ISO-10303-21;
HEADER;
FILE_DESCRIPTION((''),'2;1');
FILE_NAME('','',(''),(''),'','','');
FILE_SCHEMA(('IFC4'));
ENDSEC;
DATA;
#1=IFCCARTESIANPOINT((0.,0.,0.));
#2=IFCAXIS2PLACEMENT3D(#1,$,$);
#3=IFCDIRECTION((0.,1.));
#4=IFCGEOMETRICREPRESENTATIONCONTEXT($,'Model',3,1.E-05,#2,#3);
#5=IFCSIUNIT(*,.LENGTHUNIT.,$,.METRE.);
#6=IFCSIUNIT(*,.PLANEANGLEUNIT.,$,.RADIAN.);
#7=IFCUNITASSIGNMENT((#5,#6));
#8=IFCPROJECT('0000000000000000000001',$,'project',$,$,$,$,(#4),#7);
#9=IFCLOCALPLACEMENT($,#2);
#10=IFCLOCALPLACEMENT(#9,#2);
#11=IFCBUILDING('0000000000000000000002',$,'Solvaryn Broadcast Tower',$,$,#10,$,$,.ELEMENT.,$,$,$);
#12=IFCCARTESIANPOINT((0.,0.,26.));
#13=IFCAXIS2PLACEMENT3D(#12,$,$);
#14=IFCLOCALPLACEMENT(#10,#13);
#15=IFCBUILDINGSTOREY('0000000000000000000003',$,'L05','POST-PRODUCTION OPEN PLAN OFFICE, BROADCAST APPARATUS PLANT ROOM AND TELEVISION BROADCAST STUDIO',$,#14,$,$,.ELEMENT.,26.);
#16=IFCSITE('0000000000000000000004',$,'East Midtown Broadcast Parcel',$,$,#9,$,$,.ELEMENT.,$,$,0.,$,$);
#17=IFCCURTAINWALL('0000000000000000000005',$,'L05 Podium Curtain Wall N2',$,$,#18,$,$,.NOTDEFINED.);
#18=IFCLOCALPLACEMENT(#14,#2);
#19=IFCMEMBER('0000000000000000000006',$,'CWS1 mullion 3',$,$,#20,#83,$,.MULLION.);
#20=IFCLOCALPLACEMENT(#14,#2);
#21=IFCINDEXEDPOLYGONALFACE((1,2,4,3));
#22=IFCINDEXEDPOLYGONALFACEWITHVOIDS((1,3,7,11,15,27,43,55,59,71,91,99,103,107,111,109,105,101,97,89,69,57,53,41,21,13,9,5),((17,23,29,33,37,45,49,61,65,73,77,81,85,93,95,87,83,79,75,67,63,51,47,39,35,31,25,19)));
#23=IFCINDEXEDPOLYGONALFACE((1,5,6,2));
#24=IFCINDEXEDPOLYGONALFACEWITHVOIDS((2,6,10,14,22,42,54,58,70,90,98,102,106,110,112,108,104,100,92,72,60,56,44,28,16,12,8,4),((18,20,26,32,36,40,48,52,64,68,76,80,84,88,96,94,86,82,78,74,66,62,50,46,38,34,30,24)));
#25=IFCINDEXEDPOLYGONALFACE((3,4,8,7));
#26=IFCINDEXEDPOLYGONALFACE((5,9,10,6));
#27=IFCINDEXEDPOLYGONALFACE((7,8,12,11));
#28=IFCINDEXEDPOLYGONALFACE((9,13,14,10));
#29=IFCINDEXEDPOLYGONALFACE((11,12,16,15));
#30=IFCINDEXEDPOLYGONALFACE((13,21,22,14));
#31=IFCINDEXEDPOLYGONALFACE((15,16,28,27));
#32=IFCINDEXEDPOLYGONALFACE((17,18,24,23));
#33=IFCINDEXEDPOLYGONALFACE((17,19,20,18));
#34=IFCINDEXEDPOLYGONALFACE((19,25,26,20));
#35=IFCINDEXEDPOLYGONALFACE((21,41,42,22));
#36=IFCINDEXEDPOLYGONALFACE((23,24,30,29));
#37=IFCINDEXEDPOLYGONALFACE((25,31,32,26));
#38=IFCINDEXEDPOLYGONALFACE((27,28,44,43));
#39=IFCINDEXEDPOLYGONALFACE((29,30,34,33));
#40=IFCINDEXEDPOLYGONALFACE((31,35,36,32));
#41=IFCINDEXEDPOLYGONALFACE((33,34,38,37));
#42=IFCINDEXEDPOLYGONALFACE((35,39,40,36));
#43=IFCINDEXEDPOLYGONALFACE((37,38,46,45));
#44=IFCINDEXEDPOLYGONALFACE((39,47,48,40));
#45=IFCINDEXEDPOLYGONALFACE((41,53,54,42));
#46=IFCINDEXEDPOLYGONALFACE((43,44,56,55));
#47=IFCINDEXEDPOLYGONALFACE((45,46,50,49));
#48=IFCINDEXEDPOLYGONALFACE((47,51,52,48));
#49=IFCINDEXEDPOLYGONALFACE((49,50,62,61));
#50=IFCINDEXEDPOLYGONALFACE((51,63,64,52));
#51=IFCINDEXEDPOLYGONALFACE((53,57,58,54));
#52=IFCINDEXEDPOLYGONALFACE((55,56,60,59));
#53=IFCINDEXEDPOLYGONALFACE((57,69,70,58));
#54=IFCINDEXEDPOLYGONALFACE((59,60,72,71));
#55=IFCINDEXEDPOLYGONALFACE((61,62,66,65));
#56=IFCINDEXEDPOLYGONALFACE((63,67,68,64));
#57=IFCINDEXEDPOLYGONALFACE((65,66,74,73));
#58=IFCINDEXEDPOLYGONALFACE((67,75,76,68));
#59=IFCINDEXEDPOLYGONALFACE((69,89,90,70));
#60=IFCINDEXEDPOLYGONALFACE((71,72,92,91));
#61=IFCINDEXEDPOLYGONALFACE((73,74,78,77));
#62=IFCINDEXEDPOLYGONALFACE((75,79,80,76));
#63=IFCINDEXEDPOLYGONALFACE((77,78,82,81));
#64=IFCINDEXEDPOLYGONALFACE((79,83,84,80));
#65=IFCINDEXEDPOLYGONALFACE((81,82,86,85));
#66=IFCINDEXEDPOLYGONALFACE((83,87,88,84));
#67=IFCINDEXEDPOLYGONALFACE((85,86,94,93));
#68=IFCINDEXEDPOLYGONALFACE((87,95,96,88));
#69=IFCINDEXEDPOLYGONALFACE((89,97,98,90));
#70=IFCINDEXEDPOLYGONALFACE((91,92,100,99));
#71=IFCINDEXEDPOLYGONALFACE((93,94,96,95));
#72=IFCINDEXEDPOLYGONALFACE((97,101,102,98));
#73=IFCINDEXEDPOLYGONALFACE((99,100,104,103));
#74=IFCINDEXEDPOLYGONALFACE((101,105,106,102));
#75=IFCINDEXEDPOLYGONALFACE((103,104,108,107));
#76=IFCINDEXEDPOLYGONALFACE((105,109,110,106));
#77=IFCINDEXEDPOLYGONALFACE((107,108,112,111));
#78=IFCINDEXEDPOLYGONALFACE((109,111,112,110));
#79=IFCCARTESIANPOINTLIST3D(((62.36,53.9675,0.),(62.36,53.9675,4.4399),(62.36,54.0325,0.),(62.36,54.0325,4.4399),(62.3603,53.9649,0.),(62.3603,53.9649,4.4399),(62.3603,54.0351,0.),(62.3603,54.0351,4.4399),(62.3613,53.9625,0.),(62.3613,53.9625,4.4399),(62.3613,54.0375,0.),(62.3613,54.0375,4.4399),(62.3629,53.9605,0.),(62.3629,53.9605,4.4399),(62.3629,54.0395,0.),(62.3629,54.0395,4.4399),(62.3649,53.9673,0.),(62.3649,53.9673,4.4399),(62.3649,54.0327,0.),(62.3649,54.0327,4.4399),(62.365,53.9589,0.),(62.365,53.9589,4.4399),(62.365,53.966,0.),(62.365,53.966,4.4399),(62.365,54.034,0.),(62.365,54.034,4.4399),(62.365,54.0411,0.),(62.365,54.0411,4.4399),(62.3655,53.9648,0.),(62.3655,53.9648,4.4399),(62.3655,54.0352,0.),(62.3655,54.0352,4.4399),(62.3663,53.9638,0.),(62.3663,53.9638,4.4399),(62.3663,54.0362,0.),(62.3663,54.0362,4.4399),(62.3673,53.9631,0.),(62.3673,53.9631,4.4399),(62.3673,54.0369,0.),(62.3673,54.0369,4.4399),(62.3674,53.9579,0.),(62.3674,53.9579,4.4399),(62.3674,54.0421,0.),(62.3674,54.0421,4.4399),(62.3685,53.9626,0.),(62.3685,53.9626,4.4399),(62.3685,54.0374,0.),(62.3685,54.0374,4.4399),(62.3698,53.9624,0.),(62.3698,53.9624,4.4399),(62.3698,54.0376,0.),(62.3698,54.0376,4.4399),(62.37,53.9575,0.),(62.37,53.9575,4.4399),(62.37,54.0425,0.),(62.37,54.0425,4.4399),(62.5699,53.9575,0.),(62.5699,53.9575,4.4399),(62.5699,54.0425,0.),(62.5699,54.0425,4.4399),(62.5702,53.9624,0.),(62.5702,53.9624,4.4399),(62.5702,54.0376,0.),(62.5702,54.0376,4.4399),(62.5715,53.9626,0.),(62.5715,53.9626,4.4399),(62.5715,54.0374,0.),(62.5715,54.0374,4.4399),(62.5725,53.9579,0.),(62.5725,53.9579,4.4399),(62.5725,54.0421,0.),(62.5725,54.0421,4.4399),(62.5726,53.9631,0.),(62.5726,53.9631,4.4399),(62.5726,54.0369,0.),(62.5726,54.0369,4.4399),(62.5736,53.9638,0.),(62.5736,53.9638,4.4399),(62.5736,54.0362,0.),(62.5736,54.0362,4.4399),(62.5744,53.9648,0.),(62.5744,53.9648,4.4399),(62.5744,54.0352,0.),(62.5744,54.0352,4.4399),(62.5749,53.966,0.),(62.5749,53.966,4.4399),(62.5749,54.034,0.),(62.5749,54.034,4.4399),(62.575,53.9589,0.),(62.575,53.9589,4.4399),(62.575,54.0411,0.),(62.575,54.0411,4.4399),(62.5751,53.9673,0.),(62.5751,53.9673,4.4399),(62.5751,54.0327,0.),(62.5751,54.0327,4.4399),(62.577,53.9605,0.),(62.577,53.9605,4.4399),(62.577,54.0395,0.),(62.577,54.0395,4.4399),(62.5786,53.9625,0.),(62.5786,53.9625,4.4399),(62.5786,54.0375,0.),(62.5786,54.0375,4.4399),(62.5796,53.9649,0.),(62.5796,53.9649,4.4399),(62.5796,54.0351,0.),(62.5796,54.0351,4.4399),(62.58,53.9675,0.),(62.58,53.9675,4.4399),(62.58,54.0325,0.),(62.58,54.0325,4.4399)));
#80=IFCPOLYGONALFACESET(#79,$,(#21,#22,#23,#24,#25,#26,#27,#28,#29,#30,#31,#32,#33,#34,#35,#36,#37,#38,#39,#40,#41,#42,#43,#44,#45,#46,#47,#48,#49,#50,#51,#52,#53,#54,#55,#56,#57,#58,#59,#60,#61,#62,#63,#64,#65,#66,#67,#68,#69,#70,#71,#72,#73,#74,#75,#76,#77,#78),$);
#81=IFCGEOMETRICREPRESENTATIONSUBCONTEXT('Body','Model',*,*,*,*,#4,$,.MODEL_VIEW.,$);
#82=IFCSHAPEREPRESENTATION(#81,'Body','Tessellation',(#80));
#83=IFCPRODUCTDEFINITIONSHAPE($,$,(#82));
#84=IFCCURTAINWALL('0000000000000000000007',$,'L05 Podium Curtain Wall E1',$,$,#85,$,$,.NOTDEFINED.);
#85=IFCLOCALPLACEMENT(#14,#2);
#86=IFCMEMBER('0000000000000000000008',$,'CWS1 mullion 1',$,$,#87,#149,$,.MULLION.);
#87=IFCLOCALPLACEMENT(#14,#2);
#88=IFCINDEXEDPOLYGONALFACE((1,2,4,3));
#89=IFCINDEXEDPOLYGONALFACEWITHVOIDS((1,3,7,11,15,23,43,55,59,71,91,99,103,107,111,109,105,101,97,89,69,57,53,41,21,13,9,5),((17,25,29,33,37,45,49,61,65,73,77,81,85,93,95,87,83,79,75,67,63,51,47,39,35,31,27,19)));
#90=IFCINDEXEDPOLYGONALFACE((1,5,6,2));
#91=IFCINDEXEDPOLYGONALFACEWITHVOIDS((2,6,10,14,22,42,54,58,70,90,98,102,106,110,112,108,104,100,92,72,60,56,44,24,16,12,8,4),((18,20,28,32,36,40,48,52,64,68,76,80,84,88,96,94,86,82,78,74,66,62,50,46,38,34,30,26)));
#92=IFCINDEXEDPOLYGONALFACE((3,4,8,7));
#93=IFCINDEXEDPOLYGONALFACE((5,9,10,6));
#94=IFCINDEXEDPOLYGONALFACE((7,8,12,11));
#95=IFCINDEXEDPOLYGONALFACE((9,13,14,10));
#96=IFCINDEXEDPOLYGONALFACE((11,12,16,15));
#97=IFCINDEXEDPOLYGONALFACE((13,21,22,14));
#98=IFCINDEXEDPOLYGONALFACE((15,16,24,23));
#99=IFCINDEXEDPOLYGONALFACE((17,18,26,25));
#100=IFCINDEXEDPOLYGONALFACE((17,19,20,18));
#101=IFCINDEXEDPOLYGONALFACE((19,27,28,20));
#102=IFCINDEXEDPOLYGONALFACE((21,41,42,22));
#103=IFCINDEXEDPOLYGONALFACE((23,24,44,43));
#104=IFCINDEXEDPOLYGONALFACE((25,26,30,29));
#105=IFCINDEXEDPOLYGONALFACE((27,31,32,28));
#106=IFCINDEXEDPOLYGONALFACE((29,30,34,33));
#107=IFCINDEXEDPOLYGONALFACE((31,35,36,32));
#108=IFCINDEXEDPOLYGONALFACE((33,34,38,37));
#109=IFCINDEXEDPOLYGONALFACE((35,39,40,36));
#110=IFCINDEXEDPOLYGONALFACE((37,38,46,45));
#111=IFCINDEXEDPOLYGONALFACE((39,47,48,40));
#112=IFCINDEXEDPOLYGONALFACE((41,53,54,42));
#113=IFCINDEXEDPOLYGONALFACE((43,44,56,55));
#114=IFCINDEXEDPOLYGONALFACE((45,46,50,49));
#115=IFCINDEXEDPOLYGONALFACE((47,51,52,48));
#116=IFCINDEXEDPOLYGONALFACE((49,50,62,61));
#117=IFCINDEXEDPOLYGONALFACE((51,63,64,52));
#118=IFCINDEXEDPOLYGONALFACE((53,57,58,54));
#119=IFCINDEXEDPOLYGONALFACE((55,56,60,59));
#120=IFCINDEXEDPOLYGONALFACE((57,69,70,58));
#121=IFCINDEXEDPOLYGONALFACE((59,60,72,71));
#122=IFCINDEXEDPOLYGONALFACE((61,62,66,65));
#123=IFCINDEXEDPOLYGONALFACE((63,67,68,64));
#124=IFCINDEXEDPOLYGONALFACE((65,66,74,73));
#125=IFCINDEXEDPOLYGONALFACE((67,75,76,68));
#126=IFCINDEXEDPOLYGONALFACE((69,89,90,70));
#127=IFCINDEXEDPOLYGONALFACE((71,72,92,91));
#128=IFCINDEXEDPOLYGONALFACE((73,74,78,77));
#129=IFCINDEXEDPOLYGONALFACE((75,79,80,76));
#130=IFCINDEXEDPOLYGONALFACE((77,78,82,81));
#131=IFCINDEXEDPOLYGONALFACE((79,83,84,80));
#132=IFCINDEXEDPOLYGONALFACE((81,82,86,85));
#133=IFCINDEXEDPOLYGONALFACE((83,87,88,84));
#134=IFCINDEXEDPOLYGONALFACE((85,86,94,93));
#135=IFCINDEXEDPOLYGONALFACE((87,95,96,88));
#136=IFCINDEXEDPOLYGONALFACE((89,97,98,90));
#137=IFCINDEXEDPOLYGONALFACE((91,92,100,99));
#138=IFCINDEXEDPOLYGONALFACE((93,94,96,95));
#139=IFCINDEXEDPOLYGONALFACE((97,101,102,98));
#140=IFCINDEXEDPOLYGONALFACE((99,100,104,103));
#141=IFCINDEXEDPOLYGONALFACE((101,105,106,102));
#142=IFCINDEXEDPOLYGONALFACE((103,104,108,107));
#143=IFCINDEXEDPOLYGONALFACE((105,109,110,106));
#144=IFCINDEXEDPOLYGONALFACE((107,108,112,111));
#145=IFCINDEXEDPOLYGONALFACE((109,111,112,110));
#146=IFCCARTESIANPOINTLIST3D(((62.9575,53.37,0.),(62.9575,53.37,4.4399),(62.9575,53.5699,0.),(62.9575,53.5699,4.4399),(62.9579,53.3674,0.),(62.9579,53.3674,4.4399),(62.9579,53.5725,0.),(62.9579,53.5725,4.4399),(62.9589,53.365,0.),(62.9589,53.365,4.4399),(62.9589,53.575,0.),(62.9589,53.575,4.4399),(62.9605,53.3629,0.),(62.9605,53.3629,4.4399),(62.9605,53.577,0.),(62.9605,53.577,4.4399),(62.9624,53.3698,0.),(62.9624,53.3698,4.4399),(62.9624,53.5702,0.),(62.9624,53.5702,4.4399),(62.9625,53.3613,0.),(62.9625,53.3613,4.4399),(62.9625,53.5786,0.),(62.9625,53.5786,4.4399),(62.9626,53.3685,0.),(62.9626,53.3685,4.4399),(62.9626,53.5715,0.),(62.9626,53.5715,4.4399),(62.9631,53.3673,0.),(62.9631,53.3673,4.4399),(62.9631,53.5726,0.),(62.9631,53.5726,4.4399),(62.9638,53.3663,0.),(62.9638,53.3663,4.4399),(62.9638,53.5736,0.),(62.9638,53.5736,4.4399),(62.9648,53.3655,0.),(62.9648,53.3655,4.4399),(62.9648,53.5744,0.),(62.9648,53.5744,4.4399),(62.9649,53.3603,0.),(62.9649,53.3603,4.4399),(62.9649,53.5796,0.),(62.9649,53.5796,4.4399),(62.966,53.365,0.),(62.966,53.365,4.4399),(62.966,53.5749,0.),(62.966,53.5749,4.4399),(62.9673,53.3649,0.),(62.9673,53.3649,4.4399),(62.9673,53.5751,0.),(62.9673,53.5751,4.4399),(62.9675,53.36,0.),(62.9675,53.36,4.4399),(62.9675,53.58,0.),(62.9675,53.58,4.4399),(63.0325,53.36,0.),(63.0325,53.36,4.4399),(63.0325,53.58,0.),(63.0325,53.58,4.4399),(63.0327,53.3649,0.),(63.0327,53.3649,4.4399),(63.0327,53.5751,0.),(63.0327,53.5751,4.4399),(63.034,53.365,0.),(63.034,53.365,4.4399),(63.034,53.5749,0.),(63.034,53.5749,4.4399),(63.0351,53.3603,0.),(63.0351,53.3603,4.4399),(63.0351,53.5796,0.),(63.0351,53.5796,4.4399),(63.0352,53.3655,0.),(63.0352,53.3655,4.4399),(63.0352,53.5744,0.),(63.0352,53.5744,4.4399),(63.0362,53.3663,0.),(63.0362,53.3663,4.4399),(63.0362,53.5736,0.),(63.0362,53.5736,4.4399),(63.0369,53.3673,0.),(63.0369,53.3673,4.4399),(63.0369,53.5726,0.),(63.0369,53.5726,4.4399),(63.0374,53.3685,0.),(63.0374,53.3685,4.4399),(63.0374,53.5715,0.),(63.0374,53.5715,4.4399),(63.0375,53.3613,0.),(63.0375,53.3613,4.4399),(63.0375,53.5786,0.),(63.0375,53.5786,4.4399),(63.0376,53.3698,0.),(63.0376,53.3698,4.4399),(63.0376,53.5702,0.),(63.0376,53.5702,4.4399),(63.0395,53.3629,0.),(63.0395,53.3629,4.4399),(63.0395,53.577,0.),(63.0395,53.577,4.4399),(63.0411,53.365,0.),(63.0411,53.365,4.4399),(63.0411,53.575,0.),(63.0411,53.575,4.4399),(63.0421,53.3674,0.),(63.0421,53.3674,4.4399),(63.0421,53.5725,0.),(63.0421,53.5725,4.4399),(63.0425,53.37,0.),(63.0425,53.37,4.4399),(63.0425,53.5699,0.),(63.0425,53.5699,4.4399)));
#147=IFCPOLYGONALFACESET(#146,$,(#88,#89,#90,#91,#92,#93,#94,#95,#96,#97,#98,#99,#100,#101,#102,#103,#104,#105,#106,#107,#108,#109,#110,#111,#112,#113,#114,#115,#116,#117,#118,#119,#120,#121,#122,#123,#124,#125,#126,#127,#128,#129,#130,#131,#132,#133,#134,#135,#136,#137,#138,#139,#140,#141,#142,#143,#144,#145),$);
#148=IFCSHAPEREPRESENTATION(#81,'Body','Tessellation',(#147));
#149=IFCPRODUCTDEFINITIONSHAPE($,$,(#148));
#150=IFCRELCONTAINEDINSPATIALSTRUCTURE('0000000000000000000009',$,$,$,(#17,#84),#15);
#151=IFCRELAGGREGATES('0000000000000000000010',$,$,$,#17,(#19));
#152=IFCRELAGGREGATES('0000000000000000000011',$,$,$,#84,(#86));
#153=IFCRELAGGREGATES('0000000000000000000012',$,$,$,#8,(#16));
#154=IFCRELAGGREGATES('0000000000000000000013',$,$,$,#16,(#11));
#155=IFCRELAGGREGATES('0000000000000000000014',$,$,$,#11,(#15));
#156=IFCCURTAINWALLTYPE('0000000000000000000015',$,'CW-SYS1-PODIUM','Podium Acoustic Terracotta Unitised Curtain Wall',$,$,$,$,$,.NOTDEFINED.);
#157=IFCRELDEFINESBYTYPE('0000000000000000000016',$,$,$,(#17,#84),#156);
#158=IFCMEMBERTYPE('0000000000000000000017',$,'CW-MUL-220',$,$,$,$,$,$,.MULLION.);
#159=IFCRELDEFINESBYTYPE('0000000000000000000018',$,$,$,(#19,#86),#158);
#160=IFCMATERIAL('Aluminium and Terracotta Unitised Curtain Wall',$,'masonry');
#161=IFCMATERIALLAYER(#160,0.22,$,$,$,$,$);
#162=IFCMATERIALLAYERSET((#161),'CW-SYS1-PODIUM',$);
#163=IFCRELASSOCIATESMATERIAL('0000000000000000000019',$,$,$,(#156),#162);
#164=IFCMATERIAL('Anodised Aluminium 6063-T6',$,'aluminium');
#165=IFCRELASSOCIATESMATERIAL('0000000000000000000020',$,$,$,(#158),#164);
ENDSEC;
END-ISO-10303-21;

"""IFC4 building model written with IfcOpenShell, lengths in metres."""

from ifc_helpers import new_model, si_unit, direction, frame, origin, origin_2d, place, context, subcontext, project, spatial, hollow_rectangle, extrude, material, layer, layer_set, material_profile, profile_set, type_object, element, aggregate, save


model = new_model("IFC4")

# Units and contexts
model_context = context("Model", 3, precision=1e-05, world=origin(), true_north=direction((0.0, 1.0)))
body_context = subcontext(model_context, "Body", "Model", "MODEL_VIEW")
ifc_project = project(units=[si_unit("LENGTHUNIT", "METRE"), si_unit("PLANEANGLEUNIT", "RADIAN")], contexts=[model_context])

# Site, building, storey
site_placement = place(None, origin())
site = spatial("IfcSite", under=ifc_project, at=site_placement, Name="East Midtown Broadcast Parcel", CompositionType="ELEMENT", RefElevation=0.0)
building_placement = place(site_placement, origin())
building = spatial("IfcBuilding", under=site, at=building_placement, Name="Solvaryn Broadcast Tower", CompositionType="ELEMENT")
storey_placement = place(building_placement, frame((0.0, 0.0, 26.0)))
storey = spatial("IfcBuildingStorey", under=building, at=storey_placement, Name="L05", Description="POST-PRODUCTION OPEN PLAN OFFICE, BROADCAST APPARATUS PLANT ROOM AND TELEVISION BROADCAST STUDIO", CompositionType="ELEMENT", Elevation=26.0)

# Curtain walls, members
ifc_material_1 = material(Name="Aluminium and Terracotta Unitised Curtain Wall", Category="masonry")
ifc_layer_1 = layer(ifc_material_1, 0.22)
ifc_layer_set_1 = layer_set([ifc_layer_1], Name="CW-SYS1-PODIUM")
curtain_wall_type = type_object("IfcCurtainWallType", Name="CW-SYS1-PODIUM", Description="Podium Acoustic Terracotta Unitised Curtain Wall", PredefinedType="NOTDEFINED", material=ifc_layer_set_1)
curtain_wall_1_placement = place(storey_placement, origin())
curtain_wall_1 = element("IfcCurtainWall", 1, at=curtain_wall_1_placement, inside=storey, type_object=curtain_wall_type, Name="L05 Podium Curtain Wall N2", PredefinedType="NOTDEFINED")
ifc_material_2 = material(Name="Anodised Aluminium 6063-T6", Category="aluminium")
ifc_material_profile_1 = material_profile(ifc_material_2, hollow_rectangle(XDim=0.085, YDim=0.22, WallThickness=0.0049, InnerFilletRadius=0.0049, OuterFilletRadius=0.01, at=origin_2d()))
ifc_profile_set_1 = profile_set([ifc_material_profile_1], Name="Anodised Aluminium 6063-T6")
member_type_1 = type_object("IfcMemberType", Name="CW-MUL-220", PredefinedType="MULLION", material=ifc_profile_set_1)
member_1_placement = place(storey_placement, frame((62.47, 54.0, 0.0), z_axis=(0.0, 0.0, 1.0), x_axis=(0.0, 1.0, 0.0)))
member_1 = element("IfcMember", 2, at=member_1_placement, type_object=member_type_1, Name="CWS1 mullion 3", PredefinedType="MULLION", context=body_context, shape_type="SweptSolid", body=[
    extrude(hollow_rectangle(XDim=0.085, YDim=0.22, WallThickness=0.0049, InnerFilletRadius=0.0049, OuterFilletRadius=0.01, at=origin_2d()), origin(), (0.0, 0.0, 1.0), 4.4399),
])
curtain_wall_2_placement = place(storey_placement, origin())
curtain_wall_2 = element("IfcCurtainWall", 3, at=curtain_wall_2_placement, inside=storey, type_object=curtain_wall_type, Name="L05 Podium Curtain Wall E1", PredefinedType="NOTDEFINED")
member_2_placement = place(storey_placement, frame((63.0, 53.47, 0.0), z_axis=(0.0, 0.0, 1.0), x_axis=(1.0, 0.0, 0.0)))
member_2 = element("IfcMember", 4, at=member_2_placement, type_object=member_type_1, Name="CWS1 mullion 1", PredefinedType="MULLION", context=body_context, shape_type="SweptSolid", body=[
    extrude(hollow_rectangle(XDim=0.085, YDim=0.22, WallThickness=0.0049, InnerFilletRadius=0.0049, OuterFilletRadius=0.01, at=origin_2d()), origin(), (0.0, 0.0, 1.0), 4.4399),
])

aggregate(curtain_wall_1, [member_1])
aggregate(curtain_wall_2, [member_2])

save(model, "model.ifc")
